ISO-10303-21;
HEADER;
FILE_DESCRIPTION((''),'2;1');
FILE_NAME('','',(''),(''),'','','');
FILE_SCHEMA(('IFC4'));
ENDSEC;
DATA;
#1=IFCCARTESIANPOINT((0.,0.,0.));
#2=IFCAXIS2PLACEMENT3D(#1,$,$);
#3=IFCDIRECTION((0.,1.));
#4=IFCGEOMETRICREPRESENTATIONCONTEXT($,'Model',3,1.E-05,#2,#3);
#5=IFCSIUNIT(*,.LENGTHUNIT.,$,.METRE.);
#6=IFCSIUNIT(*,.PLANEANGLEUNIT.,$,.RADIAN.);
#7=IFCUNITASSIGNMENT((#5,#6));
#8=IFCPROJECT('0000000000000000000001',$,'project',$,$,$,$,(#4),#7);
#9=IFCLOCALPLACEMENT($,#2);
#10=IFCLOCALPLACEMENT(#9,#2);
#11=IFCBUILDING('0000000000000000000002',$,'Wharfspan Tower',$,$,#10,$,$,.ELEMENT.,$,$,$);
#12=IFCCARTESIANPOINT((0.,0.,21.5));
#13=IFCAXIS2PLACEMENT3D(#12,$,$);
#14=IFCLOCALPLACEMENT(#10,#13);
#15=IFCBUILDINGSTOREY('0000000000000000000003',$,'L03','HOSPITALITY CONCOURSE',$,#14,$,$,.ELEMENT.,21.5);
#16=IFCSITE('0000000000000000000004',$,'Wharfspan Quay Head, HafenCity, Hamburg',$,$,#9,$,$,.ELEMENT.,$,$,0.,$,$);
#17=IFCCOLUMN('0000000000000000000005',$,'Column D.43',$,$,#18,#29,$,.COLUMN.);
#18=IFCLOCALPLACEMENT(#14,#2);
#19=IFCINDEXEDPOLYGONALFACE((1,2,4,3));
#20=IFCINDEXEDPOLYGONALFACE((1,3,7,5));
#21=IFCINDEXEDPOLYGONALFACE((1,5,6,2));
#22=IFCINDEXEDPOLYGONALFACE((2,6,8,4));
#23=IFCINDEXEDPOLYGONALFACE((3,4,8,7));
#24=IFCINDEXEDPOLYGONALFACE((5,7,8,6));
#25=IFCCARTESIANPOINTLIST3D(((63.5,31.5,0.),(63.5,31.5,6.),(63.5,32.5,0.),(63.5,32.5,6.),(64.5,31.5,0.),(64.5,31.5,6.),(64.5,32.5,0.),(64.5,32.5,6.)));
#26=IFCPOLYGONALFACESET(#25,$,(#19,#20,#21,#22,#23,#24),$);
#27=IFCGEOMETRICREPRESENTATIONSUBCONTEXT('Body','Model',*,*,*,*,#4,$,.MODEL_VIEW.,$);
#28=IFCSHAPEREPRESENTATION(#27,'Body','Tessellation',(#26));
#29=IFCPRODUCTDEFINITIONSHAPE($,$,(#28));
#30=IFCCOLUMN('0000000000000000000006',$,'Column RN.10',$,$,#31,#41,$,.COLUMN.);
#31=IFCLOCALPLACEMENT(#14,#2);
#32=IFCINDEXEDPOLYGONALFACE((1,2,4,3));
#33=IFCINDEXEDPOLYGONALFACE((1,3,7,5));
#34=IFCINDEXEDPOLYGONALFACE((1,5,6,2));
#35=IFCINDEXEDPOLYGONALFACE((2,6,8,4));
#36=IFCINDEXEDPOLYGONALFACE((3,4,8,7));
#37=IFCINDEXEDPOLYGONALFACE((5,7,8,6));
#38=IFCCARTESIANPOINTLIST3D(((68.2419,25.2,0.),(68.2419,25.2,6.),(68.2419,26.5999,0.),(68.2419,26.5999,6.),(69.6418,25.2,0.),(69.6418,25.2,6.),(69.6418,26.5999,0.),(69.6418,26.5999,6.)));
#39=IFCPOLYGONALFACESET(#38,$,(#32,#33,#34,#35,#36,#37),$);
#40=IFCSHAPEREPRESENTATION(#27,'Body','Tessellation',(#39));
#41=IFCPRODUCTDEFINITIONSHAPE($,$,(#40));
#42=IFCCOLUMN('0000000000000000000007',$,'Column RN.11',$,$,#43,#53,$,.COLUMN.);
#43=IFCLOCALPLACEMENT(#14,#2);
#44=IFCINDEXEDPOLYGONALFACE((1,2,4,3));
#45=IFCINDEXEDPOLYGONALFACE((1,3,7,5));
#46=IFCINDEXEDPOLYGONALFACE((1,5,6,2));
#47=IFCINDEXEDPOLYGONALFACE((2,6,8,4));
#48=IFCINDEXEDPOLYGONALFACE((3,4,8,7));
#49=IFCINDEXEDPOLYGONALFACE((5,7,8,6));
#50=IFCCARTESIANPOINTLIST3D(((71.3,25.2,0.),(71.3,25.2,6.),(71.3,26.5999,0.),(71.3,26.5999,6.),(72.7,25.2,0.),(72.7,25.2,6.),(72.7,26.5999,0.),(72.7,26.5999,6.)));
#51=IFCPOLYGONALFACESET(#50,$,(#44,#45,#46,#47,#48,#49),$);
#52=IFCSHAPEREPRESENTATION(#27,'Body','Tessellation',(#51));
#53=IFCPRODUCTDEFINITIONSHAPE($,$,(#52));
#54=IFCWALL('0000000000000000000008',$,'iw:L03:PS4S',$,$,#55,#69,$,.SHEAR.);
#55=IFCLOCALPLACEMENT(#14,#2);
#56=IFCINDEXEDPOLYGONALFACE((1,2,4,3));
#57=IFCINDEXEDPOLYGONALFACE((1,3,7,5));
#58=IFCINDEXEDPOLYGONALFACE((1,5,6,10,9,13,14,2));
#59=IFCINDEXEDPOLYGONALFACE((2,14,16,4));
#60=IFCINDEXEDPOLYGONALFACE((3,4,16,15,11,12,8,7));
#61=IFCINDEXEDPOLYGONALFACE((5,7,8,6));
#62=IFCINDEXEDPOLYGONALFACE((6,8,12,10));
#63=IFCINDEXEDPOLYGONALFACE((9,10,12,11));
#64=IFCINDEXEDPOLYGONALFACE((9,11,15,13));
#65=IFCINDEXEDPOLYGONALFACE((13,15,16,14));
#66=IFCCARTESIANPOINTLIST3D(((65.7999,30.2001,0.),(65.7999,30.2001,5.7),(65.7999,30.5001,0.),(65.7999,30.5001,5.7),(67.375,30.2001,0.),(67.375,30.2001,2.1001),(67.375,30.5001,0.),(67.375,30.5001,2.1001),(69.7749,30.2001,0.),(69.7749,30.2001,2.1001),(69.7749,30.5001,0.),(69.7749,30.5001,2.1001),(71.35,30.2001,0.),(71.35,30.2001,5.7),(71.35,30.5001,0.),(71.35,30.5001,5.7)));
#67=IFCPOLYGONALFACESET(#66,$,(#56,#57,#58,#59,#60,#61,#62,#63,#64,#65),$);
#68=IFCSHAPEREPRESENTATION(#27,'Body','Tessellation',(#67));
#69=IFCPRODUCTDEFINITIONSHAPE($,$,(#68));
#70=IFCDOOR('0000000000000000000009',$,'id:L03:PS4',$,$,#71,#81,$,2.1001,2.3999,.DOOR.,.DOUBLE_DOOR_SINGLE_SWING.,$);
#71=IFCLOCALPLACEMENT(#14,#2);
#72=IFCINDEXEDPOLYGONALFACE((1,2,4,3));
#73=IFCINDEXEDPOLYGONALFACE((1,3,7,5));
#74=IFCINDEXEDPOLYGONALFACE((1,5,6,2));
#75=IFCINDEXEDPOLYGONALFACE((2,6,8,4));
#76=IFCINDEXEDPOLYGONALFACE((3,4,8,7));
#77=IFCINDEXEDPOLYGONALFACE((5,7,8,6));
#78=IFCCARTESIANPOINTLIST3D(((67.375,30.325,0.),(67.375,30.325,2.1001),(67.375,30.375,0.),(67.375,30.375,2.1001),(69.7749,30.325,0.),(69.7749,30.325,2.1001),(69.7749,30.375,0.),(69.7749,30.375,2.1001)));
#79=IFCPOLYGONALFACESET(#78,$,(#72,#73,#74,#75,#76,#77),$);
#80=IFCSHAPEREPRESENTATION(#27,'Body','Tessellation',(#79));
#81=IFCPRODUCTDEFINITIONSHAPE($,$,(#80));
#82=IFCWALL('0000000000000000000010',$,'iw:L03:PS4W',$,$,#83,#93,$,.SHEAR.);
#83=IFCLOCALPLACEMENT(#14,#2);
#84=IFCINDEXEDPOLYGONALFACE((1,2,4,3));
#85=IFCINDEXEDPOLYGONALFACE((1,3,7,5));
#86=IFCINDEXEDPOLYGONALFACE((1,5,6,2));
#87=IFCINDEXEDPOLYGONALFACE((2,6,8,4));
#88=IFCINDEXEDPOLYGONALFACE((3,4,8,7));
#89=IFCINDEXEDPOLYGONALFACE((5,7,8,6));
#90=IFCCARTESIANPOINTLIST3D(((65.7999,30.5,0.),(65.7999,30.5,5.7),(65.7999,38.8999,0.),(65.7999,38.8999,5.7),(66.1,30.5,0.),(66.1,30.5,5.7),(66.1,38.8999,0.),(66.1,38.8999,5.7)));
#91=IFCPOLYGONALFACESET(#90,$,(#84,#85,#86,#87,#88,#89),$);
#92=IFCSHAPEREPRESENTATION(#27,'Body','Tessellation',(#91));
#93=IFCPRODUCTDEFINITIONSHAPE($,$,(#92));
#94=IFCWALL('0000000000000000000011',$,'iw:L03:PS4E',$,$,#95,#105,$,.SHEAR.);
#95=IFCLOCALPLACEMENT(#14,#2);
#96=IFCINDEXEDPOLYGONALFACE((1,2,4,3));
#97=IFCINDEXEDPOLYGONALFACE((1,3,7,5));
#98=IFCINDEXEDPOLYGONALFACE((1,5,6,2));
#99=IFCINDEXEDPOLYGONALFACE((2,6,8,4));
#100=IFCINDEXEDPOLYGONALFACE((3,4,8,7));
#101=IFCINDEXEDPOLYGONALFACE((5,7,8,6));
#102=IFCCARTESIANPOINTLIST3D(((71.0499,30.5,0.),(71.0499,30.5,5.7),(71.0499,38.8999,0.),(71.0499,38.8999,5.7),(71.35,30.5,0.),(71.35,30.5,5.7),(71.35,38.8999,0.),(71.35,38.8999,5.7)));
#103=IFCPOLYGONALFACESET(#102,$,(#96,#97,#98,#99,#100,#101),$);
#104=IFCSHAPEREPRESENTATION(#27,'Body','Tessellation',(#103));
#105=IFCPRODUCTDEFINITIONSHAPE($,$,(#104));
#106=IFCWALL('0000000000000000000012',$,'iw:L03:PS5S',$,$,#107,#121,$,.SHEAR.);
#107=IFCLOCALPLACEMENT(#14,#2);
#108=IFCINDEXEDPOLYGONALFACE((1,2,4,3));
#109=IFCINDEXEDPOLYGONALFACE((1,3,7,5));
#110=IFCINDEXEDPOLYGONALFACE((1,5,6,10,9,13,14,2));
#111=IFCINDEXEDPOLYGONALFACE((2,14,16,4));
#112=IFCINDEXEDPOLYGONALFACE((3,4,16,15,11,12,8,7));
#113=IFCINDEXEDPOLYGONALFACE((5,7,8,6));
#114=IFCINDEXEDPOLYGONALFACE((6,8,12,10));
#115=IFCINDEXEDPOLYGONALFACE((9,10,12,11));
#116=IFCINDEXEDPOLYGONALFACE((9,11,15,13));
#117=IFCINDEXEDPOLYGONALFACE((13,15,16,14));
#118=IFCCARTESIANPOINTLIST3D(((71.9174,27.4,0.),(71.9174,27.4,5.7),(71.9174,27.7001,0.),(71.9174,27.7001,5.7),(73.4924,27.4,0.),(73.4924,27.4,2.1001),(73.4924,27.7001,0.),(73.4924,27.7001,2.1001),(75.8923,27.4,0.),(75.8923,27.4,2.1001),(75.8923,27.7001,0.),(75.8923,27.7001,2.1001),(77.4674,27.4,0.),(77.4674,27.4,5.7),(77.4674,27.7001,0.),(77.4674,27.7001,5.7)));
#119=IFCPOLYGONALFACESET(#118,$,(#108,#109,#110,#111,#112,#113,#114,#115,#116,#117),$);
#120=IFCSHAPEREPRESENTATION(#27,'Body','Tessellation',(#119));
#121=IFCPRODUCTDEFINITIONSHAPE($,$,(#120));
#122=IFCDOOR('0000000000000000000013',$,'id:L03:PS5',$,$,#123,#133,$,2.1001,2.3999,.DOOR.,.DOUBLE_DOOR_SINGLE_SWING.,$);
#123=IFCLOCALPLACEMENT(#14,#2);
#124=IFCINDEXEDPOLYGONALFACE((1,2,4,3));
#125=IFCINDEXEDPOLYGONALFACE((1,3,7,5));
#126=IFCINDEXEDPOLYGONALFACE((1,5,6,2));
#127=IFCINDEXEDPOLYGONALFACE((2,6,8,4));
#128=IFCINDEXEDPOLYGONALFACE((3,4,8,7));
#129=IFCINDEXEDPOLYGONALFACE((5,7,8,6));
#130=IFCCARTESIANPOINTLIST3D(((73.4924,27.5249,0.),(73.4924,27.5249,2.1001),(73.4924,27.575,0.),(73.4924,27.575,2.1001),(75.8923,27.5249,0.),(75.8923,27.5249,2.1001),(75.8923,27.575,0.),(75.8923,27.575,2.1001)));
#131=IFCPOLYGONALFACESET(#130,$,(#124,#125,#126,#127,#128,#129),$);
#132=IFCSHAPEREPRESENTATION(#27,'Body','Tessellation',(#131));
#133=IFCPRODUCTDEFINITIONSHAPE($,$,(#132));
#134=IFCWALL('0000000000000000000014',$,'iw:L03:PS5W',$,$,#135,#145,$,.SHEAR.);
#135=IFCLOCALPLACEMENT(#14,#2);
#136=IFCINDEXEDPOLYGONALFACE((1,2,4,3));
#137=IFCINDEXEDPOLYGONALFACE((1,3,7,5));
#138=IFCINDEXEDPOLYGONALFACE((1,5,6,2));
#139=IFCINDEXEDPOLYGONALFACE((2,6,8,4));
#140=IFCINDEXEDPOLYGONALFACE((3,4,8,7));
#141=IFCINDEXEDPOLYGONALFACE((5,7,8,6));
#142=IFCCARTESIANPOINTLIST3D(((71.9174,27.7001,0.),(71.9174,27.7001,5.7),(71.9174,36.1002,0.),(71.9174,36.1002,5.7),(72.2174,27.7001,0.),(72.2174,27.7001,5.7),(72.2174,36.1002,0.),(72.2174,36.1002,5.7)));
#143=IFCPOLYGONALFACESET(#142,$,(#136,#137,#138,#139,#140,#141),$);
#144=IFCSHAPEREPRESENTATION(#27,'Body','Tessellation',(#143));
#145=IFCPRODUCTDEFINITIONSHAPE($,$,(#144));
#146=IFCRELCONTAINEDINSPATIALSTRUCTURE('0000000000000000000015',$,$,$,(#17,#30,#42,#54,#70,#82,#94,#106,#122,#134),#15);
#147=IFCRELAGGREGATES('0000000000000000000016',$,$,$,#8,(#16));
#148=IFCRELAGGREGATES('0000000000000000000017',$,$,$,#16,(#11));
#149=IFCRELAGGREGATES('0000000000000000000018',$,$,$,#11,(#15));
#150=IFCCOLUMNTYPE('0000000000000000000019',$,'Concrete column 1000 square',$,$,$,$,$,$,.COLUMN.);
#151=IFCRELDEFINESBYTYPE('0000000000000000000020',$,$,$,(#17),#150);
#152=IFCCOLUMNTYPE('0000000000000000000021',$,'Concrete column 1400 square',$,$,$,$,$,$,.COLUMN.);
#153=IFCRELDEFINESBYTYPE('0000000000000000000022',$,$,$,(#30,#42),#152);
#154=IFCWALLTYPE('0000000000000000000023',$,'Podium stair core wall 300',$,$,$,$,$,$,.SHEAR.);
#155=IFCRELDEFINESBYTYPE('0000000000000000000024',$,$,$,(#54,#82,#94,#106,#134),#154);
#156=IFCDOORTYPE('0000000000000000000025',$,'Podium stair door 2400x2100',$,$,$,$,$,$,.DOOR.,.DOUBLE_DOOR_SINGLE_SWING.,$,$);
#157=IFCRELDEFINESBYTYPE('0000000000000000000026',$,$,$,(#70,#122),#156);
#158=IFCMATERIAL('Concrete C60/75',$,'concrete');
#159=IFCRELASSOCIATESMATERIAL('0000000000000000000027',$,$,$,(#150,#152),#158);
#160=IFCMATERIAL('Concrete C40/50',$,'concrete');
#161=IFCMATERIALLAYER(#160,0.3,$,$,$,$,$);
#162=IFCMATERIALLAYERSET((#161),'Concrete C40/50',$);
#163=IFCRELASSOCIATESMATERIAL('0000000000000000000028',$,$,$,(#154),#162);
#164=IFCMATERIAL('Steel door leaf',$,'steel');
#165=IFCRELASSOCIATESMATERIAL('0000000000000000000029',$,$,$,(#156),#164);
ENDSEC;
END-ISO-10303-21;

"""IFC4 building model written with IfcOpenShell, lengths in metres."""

from ifc_helpers import new_model, si_unit, direction, frame, frame_2d, origin, origin_2d, place, context, subcontext, project, spatial, rectangle, extrude, material, layer, layer_set, material_profile, profile_set, type_object, element, fill, save


model = new_model("IFC4")

# Units and contexts
model_context = context("Model", 3, precision=1e-05, world=origin(), true_north=direction((0.0, 1.0)))
body_context = subcontext(model_context, "Body", "Model", "MODEL_VIEW")
ifc_project = project(units=[si_unit("LENGTHUNIT", "METRE"), si_unit("PLANEANGLEUNIT", "RADIAN")], contexts=[model_context])

# Site, building, storey
site_placement = place(None, origin())
site = spatial("IfcSite", under=ifc_project, at=site_placement, Name="Wharfspan Quay Head, HafenCity, Hamburg", CompositionType="ELEMENT", RefElevation=0.0)
building_placement = place(site_placement, origin())
building = spatial("IfcBuilding", under=site, at=building_placement, Name="Wharfspan Tower", CompositionType="ELEMENT")
storey_placement = place(building_placement, frame((0.0, 0.0, 21.5)))
storey = spatial("IfcBuildingStorey", under=building, at=storey_placement, Name="L03", Description="HOSPITALITY CONCOURSE", CompositionType="ELEMENT", Elevation=21.5)

# Columns
ifc_material_1 = material(Name="Concrete C60/75", Category="concrete")
ifc_material_profile_1 = material_profile(ifc_material_1, rectangle(XDim=1.0, YDim=1.0, at=origin_2d()))
ifc_profile_set_1 = profile_set([ifc_material_profile_1], Name="Concrete C60/75")
column_type_1 = type_object("IfcColumnType", Name="Concrete column 1000 square", PredefinedType="COLUMN", material=ifc_profile_set_1)
column_placement = place(storey_placement, frame((64.0, 32.0, 0.0), z_axis=(0.0, 0.0, 1.0), x_axis=(1.0, 0.0, 0.0)))
element("IfcColumn", 1, at=column_placement, inside=storey, type_object=column_type_1, Name="Column D.43", PredefinedType="COLUMN", context=body_context, shape_type="SweptSolid", body=[
    extrude(rectangle(XDim=1.0, YDim=1.0, at=origin_2d()), origin(), (0.0, 0.0, 1.0), 6.0),
])
ifc_material_profile_2 = material_profile(ifc_material_1, rectangle(XDim=1.3999, YDim=1.3999, at=origin_2d()))
ifc_profile_set_2 = profile_set([ifc_material_profile_2], Name="Concrete C60/75")
column_type_2 = type_object("IfcColumnType", Name="Concrete column 1400 square", PredefinedType="COLUMN", material=ifc_profile_set_2)
for number, where, z_axis, x_axis, name in (
    (2, (68.9419, 25.8999, 0.0), (0.0, 0.0, 1.0), (1.0, 0.0, 0.0), "Column RN.10"),
    (3, (72.0, 25.8999, 0.0), (0.0, 0.0, 1.0), (1.0, 0.0, 0.0), "Column RN.11"),
):
    element("IfcColumn", number, at=place(storey_placement, frame(where, z_axis=z_axis, x_axis=x_axis)), inside=storey, type_object=column_type_2, Name=name, PredefinedType="COLUMN", context=body_context, shape_type="SweptSolid", body=[
        extrude(rectangle(XDim=1.3999, YDim=1.3999, at=origin_2d()), origin(), (0.0, 0.0, 1.0), 6.0),
    ])

# Wall, opening, door
ifc_material_2 = material(Name="Concrete C40/50", Category="concrete")
ifc_layer = layer(ifc_material_2, 0.3)
ifc_layer_set = layer_set([ifc_layer], Name="Concrete C40/50")
wall_type = type_object("IfcWallType", Name="Podium stair core wall 300", PredefinedType="SHEAR", material=ifc_layer_set)
wall_1_placement = place(storey_placement, frame((65.8, 30.3501, 0.0), z_axis=(0.0, 0.0, 1.0), x_axis=(1.0, 0.0, 0.0)))
wall_1 = element("IfcWall", 4, at=wall_1_placement, inside=storey, type_object=wall_type, Name="iw:L03:PS4S", PredefinedType="SHEAR", context=body_context, shape_type="SweptSolid", body=[
    extrude(rectangle(XDim=5.55, YDim=0.3, at=frame_2d((2.7749, 0.0))), origin(), (0.0, 0.0, 1.0), 5.7),
])
opening_1_placement = place(wall_1_placement, frame((1.575, 0.0, 0.0)))
opening_1 = element("IfcOpeningElement", 5, at=opening_1_placement, cuts=wall_1, PredefinedType="OPENING", context=body_context, shape_type="SweptSolid", body=[
    extrude(rectangle(XDim=2.3999, YDim=2.1001, at=frame_2d((1.2, 1.05))), frame((0.0, 0.1599, 0.0), z_axis=(0.0, -1.0, 0.0), x_axis=(1.0, 0.0, 0.0)), (0.0, 0.0, 1.0), 0.3201),
])
ifc_material_3 = material(Name="Steel door leaf", Category="steel")
door_type = type_object("IfcDoorType", Name="Podium stair door 2400x2100", OperationType="DOUBLE_DOOR_SINGLE_SWING", PredefinedType="DOOR", material=ifc_material_3)
door_1_placement = place(opening_1_placement, origin())
door_1 = element("IfcDoor", 6, at=door_1_placement, inside=storey, type_object=door_type, Name="id:L03:PS4", OperationType="DOUBLE_DOOR_SINGLE_SWING", OverallHeight=2.1001, OverallWidth=2.3999, PredefinedType="DOOR", context=body_context, shape_type="SweptSolid", body=[
    extrude(rectangle(XDim=2.3999, YDim=2.1001, at=frame_2d((1.2, 1.05))), frame((0.0, 0.0249, 0.0), z_axis=(0.0, -1.0, 0.0), x_axis=(1.0, 0.0, 0.0)), (0.0, 0.0, 1.0), 0.05),
])
fill(opening_1, door_1)

# Walls
for number, where, z_axis, x_axis, name in (
    (7, (65.95, 30.5, 0.0), (0.0, 0.0, 1.0), (0.0, 1.0, 0.0), "iw:L03:PS4W"),
    (8, (71.2, 30.5, 0.0), (0.0, 0.0, 1.0), (0.0, 1.0, 0.0), "iw:L03:PS4E"),
):
    element("IfcWall", number, at=place(storey_placement, frame(where, z_axis=z_axis, x_axis=x_axis)), inside=storey, type_object=wall_type, Name=name, PredefinedType="SHEAR", context=body_context, shape_type="SweptSolid", body=[
        extrude(rectangle(XDim=8.3999, YDim=0.3, at=frame_2d((4.2, 0.0))), origin(), (0.0, 0.0, 1.0), 5.7),
    ])

# Wall, opening, door
wall_2_placement = place(storey_placement, frame((71.9175, 27.55, 0.0), z_axis=(0.0, 0.0, 1.0), x_axis=(1.0, 0.0, 0.0)))
wall_2 = element("IfcWall", 9, at=wall_2_placement, inside=storey, type_object=wall_type, Name="iw:L03:PS5S", PredefinedType="SHEAR", context=body_context, shape_type="SweptSolid", body=[
    extrude(rectangle(XDim=5.55, YDim=0.3, at=frame_2d((2.7749, 0.0))), origin(), (0.0, 0.0, 1.0), 5.7),
])
opening_2_placement = place(wall_2_placement, frame((1.575, 0.0, 0.0)))
opening_2 = element("IfcOpeningElement", 10, at=opening_2_placement, cuts=wall_2, PredefinedType="OPENING", context=body_context, shape_type="SweptSolid", body=[
    extrude(rectangle(XDim=2.3999, YDim=2.1001, at=frame_2d((1.2, 1.05))), frame((0.0, 0.1599, 0.0), z_axis=(0.0, -1.0, 0.0), x_axis=(1.0, 0.0, 0.0)), (0.0, 0.0, 1.0), 0.3201),
])
door_2_placement = place(opening_2_placement, origin())
door_2 = element("IfcDoor", 11, at=door_2_placement, inside=storey, type_object=door_type, Name="id:L03:PS5", OperationType="DOUBLE_DOOR_SINGLE_SWING", OverallHeight=2.1001, OverallWidth=2.3999, PredefinedType="DOOR", context=body_context, shape_type="SweptSolid", body=[
    extrude(rectangle(XDim=2.3999, YDim=2.1001, at=frame_2d((1.2, 1.05))), frame((0.0, 0.0249, 0.0), z_axis=(0.0, -1.0, 0.0), x_axis=(1.0, 0.0, 0.0)), (0.0, 0.0, 1.0), 0.05),
])
fill(opening_2, door_2)

# Wall
wall_3_placement = place(storey_placement, frame((72.0674, 27.7, 0.0), z_axis=(0.0, 0.0, 1.0), x_axis=(0.0, 1.0, 0.0)))
element("IfcWall", 12, at=wall_3_placement, inside=storey, type_object=wall_type, Name="iw:L03:PS5W", PredefinedType="SHEAR", context=body_context, shape_type="SweptSolid", body=[
    extrude(rectangle(XDim=8.4001, YDim=0.3, at=frame_2d((4.2002, 0.0))), origin(), (0.0, 0.0, 1.0), 5.7),
])

save(model, "model.ifc")
